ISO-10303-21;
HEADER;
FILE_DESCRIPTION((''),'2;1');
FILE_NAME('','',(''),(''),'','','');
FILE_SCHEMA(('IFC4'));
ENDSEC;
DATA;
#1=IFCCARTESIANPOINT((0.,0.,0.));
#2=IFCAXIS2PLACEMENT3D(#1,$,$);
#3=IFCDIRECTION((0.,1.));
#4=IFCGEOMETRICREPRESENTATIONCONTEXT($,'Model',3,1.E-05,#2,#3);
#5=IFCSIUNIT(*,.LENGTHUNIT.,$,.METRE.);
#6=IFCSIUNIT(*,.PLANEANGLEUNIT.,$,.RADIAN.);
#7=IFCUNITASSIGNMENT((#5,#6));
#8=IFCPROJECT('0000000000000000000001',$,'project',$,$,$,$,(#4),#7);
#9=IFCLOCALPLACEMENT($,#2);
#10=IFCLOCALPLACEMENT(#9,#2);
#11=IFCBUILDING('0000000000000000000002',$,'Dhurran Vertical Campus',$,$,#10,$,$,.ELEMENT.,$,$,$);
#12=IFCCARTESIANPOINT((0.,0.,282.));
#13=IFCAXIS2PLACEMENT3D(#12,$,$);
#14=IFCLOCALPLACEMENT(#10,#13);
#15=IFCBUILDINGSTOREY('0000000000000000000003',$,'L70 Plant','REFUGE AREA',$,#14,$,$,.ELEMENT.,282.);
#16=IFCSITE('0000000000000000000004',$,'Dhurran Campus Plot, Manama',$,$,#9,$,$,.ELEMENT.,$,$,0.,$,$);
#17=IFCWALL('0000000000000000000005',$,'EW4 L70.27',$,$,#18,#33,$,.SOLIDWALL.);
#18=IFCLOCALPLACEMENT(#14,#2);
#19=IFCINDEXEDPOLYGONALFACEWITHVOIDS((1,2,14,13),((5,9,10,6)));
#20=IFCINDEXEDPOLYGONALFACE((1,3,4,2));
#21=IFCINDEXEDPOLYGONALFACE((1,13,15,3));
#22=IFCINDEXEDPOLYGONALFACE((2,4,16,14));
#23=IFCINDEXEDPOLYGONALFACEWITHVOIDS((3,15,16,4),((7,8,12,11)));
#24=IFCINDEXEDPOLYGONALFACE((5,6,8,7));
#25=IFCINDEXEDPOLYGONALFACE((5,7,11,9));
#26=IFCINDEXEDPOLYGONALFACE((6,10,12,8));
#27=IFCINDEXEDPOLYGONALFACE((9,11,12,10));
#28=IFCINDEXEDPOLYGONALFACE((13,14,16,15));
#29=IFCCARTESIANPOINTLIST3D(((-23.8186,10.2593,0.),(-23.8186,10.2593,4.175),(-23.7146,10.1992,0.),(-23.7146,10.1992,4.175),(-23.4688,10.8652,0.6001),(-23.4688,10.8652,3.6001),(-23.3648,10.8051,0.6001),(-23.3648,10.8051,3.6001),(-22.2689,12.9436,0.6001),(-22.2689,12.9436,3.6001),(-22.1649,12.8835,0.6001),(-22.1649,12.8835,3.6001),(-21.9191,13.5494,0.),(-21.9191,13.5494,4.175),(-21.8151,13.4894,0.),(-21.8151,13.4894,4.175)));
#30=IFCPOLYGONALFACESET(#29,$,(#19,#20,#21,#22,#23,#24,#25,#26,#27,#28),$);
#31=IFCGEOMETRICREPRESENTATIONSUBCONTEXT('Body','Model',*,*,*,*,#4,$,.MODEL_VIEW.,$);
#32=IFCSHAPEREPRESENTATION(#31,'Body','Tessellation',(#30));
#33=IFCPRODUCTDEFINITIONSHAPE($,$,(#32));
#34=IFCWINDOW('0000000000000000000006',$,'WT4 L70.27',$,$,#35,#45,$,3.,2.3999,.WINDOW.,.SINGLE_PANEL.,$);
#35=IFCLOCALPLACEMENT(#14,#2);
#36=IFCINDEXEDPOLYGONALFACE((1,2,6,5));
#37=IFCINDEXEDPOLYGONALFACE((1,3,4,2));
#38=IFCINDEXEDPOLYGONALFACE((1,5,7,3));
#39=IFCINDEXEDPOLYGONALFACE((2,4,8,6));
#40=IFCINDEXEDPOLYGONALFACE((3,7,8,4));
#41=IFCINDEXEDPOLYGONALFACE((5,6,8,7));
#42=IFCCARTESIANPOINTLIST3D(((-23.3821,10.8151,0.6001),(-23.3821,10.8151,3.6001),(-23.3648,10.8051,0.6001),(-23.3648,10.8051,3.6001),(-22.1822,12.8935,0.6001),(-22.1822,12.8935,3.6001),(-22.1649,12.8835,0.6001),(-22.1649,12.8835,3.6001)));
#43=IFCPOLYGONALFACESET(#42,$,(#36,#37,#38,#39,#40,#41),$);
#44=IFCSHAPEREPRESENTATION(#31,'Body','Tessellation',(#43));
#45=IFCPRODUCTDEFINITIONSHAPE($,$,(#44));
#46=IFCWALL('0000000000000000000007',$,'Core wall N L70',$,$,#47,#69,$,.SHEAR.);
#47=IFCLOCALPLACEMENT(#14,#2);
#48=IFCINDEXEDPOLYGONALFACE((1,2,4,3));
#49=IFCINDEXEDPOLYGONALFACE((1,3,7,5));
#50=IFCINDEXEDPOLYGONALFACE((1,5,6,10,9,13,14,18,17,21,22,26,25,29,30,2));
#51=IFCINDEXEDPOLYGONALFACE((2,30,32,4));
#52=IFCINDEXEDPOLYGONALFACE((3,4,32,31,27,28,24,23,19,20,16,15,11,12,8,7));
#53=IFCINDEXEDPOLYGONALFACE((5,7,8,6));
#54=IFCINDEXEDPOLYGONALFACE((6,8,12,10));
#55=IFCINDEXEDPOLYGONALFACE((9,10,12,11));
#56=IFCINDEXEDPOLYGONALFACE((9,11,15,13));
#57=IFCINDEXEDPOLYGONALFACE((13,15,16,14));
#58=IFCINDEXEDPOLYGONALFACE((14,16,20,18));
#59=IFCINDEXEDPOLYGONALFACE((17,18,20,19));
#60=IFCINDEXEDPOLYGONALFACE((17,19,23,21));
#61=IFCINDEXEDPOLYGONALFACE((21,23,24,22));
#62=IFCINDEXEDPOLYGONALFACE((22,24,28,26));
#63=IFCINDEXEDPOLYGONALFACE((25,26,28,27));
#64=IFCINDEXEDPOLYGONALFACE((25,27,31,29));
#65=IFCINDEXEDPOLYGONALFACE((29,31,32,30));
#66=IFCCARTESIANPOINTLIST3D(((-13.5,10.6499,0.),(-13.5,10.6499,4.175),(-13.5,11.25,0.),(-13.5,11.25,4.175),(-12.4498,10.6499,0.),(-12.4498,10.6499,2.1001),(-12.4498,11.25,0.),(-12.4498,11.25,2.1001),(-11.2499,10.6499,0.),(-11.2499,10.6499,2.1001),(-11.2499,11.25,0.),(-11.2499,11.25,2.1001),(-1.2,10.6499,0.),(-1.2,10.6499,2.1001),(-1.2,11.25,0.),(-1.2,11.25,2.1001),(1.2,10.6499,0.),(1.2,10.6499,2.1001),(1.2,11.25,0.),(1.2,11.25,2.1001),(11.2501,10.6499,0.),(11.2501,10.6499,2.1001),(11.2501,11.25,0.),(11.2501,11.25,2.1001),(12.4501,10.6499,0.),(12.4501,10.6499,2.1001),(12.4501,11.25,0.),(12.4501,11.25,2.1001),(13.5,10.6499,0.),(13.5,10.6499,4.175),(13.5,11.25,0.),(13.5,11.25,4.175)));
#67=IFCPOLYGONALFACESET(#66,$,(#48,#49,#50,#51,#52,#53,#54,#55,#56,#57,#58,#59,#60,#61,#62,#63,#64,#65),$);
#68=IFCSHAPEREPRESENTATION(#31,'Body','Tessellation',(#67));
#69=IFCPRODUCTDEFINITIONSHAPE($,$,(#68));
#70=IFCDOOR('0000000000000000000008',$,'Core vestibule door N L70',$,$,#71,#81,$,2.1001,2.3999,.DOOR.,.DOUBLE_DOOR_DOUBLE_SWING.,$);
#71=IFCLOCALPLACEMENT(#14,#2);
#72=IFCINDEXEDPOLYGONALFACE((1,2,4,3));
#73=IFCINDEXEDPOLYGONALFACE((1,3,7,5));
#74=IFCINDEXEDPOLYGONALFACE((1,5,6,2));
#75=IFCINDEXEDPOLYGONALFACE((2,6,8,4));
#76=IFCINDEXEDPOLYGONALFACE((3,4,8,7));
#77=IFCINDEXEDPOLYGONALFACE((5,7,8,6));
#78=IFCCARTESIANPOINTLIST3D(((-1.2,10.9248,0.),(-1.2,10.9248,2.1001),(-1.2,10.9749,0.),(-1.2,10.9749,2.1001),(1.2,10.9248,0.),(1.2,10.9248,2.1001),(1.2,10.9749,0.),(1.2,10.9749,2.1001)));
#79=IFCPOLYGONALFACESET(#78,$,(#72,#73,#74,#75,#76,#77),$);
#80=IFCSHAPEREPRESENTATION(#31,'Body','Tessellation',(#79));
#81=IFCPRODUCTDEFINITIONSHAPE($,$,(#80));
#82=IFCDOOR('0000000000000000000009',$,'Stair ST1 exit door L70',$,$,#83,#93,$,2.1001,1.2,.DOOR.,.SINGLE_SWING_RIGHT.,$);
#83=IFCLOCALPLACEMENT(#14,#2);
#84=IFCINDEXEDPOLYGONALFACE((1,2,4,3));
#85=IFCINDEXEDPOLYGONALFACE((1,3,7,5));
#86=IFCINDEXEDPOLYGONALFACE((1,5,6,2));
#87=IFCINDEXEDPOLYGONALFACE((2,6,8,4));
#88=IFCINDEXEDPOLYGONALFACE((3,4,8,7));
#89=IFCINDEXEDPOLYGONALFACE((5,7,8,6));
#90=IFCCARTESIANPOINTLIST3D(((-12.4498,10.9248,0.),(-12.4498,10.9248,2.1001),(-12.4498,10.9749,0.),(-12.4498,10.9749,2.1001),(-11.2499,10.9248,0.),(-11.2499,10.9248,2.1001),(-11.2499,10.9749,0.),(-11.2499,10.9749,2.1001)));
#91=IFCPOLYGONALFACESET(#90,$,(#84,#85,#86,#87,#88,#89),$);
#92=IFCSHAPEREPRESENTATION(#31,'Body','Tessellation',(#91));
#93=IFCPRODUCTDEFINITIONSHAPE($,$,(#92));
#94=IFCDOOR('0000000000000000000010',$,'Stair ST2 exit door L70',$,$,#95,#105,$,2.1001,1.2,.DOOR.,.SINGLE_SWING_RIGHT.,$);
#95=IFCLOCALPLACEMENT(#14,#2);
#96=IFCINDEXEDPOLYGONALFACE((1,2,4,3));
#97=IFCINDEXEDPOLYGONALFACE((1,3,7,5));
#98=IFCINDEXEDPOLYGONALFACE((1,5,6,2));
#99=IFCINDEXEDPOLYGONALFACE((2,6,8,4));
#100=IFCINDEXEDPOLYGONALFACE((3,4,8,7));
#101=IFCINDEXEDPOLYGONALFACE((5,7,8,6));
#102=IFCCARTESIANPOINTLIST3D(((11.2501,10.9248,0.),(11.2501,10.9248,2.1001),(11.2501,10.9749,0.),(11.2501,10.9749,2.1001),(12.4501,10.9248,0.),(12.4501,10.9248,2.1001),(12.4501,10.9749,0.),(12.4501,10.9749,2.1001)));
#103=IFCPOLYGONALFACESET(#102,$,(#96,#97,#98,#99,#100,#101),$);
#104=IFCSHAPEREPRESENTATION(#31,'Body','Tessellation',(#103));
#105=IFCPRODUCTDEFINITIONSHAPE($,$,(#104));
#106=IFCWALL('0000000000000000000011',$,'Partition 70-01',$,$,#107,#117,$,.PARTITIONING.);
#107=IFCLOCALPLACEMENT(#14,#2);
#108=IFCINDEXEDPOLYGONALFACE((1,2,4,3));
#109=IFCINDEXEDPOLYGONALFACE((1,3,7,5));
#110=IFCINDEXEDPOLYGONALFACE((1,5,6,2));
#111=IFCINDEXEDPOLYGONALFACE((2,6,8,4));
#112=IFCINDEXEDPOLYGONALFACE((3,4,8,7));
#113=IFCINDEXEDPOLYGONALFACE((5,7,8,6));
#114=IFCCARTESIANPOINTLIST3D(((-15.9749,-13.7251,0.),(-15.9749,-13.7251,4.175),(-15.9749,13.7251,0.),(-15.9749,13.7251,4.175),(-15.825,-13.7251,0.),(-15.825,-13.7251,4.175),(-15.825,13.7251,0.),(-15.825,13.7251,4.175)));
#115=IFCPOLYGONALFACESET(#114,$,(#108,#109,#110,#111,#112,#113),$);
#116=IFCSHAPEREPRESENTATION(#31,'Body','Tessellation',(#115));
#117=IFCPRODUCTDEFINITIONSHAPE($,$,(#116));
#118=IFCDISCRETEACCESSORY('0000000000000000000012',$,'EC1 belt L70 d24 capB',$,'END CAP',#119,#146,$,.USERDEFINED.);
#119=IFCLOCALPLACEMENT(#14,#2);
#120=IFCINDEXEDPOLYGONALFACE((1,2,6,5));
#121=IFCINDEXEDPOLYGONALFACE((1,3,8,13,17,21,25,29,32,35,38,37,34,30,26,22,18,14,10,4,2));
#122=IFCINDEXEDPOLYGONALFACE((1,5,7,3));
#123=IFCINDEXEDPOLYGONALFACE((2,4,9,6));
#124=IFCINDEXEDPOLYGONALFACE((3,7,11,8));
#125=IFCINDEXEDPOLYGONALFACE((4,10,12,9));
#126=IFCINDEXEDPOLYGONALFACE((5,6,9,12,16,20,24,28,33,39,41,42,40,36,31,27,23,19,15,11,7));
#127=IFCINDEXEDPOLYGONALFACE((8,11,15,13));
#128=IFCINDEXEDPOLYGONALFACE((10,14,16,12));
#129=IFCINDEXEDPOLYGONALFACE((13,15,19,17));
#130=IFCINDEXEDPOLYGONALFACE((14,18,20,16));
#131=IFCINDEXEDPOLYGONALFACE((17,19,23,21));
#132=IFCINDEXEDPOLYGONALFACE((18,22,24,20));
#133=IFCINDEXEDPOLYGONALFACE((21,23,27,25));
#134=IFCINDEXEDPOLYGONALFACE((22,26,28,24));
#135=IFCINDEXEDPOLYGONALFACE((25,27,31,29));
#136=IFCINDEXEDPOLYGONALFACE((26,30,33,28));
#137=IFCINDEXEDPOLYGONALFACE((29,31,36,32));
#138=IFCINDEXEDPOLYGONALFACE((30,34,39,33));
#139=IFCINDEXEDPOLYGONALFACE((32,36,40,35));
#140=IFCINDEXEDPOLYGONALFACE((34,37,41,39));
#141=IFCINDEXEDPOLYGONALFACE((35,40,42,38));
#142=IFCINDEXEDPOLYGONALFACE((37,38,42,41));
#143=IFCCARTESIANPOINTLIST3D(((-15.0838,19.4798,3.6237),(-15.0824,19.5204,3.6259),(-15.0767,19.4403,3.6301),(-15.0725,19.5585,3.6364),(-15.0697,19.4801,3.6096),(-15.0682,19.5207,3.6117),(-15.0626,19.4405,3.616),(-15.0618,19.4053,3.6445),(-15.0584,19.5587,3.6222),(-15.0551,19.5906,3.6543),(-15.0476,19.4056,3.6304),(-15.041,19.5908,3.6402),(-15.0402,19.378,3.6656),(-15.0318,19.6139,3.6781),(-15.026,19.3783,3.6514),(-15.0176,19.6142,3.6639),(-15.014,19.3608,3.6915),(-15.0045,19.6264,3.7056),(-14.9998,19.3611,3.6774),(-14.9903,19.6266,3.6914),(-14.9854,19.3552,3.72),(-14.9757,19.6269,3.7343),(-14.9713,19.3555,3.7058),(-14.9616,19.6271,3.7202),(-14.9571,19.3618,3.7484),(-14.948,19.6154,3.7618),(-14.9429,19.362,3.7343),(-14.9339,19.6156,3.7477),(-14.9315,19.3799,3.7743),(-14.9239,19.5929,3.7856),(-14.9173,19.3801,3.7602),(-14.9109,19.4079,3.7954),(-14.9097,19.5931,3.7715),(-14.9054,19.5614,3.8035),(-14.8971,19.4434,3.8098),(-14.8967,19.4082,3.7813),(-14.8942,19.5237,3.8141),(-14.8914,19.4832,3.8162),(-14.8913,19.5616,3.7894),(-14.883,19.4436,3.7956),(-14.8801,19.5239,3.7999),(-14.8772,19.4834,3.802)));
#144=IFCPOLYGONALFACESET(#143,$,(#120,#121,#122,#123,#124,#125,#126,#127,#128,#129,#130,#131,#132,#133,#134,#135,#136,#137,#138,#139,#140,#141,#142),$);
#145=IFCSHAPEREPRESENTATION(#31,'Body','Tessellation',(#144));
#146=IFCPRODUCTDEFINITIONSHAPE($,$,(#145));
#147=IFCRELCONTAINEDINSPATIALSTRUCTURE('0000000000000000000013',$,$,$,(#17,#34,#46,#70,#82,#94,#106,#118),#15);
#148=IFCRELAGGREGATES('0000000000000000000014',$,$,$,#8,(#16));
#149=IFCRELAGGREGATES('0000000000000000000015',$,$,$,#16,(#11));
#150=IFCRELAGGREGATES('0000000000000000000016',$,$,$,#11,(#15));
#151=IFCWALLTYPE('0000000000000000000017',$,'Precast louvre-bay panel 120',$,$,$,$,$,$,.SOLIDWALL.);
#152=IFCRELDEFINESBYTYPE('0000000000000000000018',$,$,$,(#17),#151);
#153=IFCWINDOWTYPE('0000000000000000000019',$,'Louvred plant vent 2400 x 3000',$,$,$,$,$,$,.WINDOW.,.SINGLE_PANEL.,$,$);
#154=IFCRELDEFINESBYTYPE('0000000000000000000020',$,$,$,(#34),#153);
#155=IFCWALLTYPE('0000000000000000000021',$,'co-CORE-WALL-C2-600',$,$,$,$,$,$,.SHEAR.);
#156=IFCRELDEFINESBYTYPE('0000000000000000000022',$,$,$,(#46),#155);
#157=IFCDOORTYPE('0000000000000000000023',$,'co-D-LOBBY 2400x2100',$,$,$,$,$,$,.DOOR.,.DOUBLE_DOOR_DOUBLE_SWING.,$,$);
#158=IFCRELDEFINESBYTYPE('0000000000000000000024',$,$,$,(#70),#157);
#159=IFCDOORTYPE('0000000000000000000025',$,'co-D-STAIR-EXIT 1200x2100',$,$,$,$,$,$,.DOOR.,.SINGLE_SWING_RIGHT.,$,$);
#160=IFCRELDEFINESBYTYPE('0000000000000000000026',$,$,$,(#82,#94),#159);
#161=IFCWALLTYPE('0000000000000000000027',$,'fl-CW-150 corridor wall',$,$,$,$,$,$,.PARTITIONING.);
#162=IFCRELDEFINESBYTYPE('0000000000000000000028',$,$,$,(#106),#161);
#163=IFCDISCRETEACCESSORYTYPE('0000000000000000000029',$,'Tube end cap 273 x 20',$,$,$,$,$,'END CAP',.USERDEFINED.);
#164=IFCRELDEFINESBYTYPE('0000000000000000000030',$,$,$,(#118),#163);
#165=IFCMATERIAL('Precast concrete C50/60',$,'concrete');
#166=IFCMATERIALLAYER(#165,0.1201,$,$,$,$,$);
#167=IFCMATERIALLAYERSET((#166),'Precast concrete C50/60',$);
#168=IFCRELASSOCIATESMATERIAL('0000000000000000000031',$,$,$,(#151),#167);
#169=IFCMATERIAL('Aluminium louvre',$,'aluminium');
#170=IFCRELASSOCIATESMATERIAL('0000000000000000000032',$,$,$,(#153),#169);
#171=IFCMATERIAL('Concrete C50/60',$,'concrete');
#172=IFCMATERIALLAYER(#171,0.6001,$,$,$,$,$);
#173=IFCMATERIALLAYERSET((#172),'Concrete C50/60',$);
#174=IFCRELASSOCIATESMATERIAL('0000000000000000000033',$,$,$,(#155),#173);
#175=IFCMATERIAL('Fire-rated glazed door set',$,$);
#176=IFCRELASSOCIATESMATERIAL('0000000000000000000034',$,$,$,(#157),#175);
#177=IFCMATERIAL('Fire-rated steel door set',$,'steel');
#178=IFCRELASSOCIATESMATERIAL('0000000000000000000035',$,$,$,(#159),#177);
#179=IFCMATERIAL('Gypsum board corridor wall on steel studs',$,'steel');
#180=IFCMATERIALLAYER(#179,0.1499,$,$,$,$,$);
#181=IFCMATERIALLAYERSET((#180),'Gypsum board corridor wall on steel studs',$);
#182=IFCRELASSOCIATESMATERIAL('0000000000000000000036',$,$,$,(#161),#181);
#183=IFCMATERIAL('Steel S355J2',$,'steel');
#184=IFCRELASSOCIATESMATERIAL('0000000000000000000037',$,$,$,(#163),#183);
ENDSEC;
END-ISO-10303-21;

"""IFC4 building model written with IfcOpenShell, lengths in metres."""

from ifc_helpers import new_model, si_unit, direction, frame, frame_2d, origin, origin_2d, place, context, subcontext, project, spatial, rectangle, circle, extrude, material, layer, layer_set, material_profile, profile_set, type_object, element, fill, save


model = new_model("IFC4")

# Units and contexts
model_context = context("Model", 3, precision=1e-05, world=origin(), true_north=direction((0.0, 1.0)))
body_context = subcontext(model_context, "Body", "Model", "MODEL_VIEW")
ifc_project = project(units=[si_unit("LENGTHUNIT", "METRE"), si_unit("PLANEANGLEUNIT", "RADIAN")], contexts=[model_context])

# Site, building, storey
site_placement = place(None, origin())
site = spatial("IfcSite", under=ifc_project, at=site_placement, Name="Dhurran Campus Plot, Manama", CompositionType="ELEMENT", RefElevation=0.0)
building_placement = place(site_placement, origin())
building = spatial("IfcBuilding", under=site, at=building_placement, Name="Dhurran Vertical Campus", CompositionType="ELEMENT")
storey_placement = place(building_placement, frame((0.0, 0.0, 282.0)))
storey = spatial("IfcBuildingStorey", under=building, at=storey_placement, Name="L70 Plant", Description="REFUGE AREA", CompositionType="ELEMENT", Elevation=282.0)

# Wall, opening, window
ifc_material_1 = material(Name="Precast concrete C50/60", Category="concrete")
ifc_layer_1 = layer(ifc_material_1, 0.1201)
ifc_layer_set_1 = layer_set([ifc_layer_1], Name="Precast concrete C50/60")
wall_type_1 = type_object("IfcWallType", Name="Precast louvre-bay panel 120", PredefinedType="SOLIDWALL", material=ifc_layer_set_1)
ifc_material_2 = material(Name="Aluminium louvre", Category="aluminium")
window_type = type_object("IfcWindowType", Name="Louvred plant vent 2400 x 3000", PartitioningType="SINGLE_PANEL", PredefinedType="WINDOW", material=ifc_material_2)
wall_1_placement = place(storey_placement, frame((-21.8672, 13.5193, 0.0), z_axis=(0.0, 0.0, 1.0), x_axis=(-0.499982, -0.866036, 0.0)))
wall_1 = element("IfcWall", 1, at=wall_1_placement, inside=storey, type_object=wall_type_1, Name="EW4 L70.27", PredefinedType="SOLIDWALL", context=body_context, shape_type="SweptSolid", body=[
    extrude(rectangle(XDim=3.7991, YDim=0.1201, at=frame_2d((1.8994, 0.0))), origin(), (0.0, 0.0, 1.0), 4.175),
])
opening_1_placement = place(wall_1_placement, frame((0.6995, 0.0, 0.6001)))
opening_1 = element("IfcOpeningElement", 2, at=opening_1_placement, cuts=wall_1, PredefinedType="OPENING", context=body_context, shape_type="SweptSolid", body=[
    extrude(rectangle(XDim=2.3999, YDim=3.0, at=frame_2d((1.2, 1.5))), frame((0.0, 0.0701, 0.0), z_axis=(0.0, -1.0, 0.0), x_axis=(1.0, 0.0, 0.0)), (0.0, 0.0, 1.0), 0.1401),
])
window_1_placement = place(opening_1_placement, origin())
window_1 = element("IfcWindow", 3, at=window_1_placement, inside=storey, type_object=window_type, Name="WT4 L70.27", OverallHeight=3.0, OverallWidth=2.3999, PartitioningType="SINGLE_PANEL", PredefinedType="WINDOW", context=body_context, shape_type="SweptSolid", body=[
    extrude(rectangle(XDim=2.3999, YDim=3.0, at=frame_2d((1.2, 1.5))), frame((0.0, 0.0601, 0.0), z_axis=(0.0, -1.0, 0.0), x_axis=(1.0, 0.0, 0.0)), (0.0, 0.0, 1.0), 0.02),
])
fill(opening_1, window_1)

# Wall, openings, doors
ifc_material_3 = material(Name="Concrete C50/60", Category="concrete")
ifc_layer_2 = layer(ifc_material_3, 0.6001)
ifc_layer_set_2 = layer_set([ifc_layer_2], Name="Concrete C50/60")
wall_type_2 = type_object("IfcWallType", Name="co-CORE-WALL-C2-600", PredefinedType="SHEAR", material=ifc_layer_set_2)
wall_2_placement = place(storey_placement, frame((-13.5, 10.95, 0.0), z_axis=(0.0, 0.0, 1.0), x_axis=(1.0, 0.0, 0.0)))
wall_2 = element("IfcWall", 4, at=wall_2_placement, inside=storey, type_object=wall_type_2, Name="Core wall N L70", PredefinedType="SHEAR", context=body_context, shape_type="SweptSolid", body=[
    extrude(rectangle(XDim=27.0, YDim=0.6001, at=frame_2d((13.5, 0.0))), origin(), (0.0, 0.0, 1.0), 4.175),
])
opening_2_placement = place(wall_2_placement, frame((12.3, 0.0, 0.0)))
opening_2 = element("IfcOpeningElement", 5, at=opening_2_placement, cuts=wall_2, PredefinedType="OPENING", context=body_context, shape_type="SweptSolid", body=[
    extrude(rectangle(XDim=2.3999, YDim=2.1001, at=frame_2d((1.2, 1.05))), frame((0.0, 0.3101, 0.0), z_axis=(0.0, -1.0, 0.0), x_axis=(1.0, 0.0, 0.0)), (0.0, 0.0, 1.0), 0.6201),
])
opening_3_placement = place(wall_2_placement, frame((1.05, 0.0, 0.0)))
opening_3 = element("IfcOpeningElement", 6, at=opening_3_placement, cuts=wall_2, PredefinedType="OPENING", context=body_context, shape_type="SweptSolid", body=[
    extrude(rectangle(XDim=1.2, YDim=2.1001, at=frame_2d((0.6001, 1.05))), frame((0.0, 0.3101, 0.0), z_axis=(0.0, -1.0, 0.0), x_axis=(1.0, 0.0, 0.0)), (0.0, 0.0, 1.0), 0.6201),
])
opening_4_placement = place(wall_2_placement, frame((24.75, 0.0, 0.0)))
opening_4 = element("IfcOpeningElement", 7, at=opening_4_placement, cuts=wall_2, PredefinedType="OPENING", context=body_context, shape_type="SweptSolid", body=[
    extrude(rectangle(XDim=1.2, YDim=2.1001, at=frame_2d((0.6001, 1.05))), frame((0.0, 0.3101, 0.0), z_axis=(0.0, -1.0, 0.0), x_axis=(1.0, 0.0, 0.0)), (0.0, 0.0, 1.0), 0.6201),
])
ifc_material_4 = material(Name="Fire-rated glazed door set")
door_type_1 = type_object("IfcDoorType", Name="co-D-LOBBY 2400x2100", OperationType="DOUBLE_DOOR_DOUBLE_SWING", PredefinedType="DOOR", material=ifc_material_4)
door_1_placement = place(opening_2_placement, origin())
door_1 = element("IfcDoor", 8, at=door_1_placement, inside=storey, type_object=door_type_1, Name="Core vestibule door N L70", OperationType="DOUBLE_DOOR_DOUBLE_SWING", OverallHeight=2.1001, OverallWidth=2.3999, PredefinedType="DOOR", context=body_context, shape_type="SweptSolid", body=[
    extrude(rectangle(XDim=2.3999, YDim=2.1001, at=frame_2d((1.2, 1.05))), frame((0.0, 0.0249, 0.0), z_axis=(0.0, -1.0, 0.0), x_axis=(1.0, 0.0, 0.0)), (0.0, 0.0, 1.0), 0.05),
])
fill(opening_2, door_1)
ifc_material_5 = material(Name="Fire-rated steel door set", Category="steel")
door_type_2 = type_object("IfcDoorType", Name="co-D-STAIR-EXIT 1200x2100", OperationType="SINGLE_SWING_RIGHT", PredefinedType="DOOR", material=ifc_material_5)
door_2_placement = place(opening_3_placement, origin())
door_2 = element("IfcDoor", 9, at=door_2_placement, inside=storey, type_object=door_type_2, Name="Stair ST1 exit door L70", OperationType="SINGLE_SWING_RIGHT", OverallHeight=2.1001, OverallWidth=1.2, PredefinedType="DOOR", context=body_context, shape_type="SweptSolid", body=[
    extrude(rectangle(XDim=1.2, YDim=2.1001, at=frame_2d((0.6001, 1.05))), frame((0.0, 0.0249, 0.0), z_axis=(0.0, -1.0, 0.0), x_axis=(1.0, 0.0, 0.0)), (0.0, 0.0, 1.0), 0.05),
])
fill(opening_3, door_2)
door_3_placement = place(opening_4_placement, origin())
door_3 = element("IfcDoor", 10, at=door_3_placement, inside=storey, type_object=door_type_2, Name="Stair ST2 exit door L70", OperationType="SINGLE_SWING_RIGHT", OverallHeight=2.1001, OverallWidth=1.2, PredefinedType="DOOR", context=body_context, shape_type="SweptSolid", body=[
    extrude(rectangle(XDim=1.2, YDim=2.1001, at=frame_2d((0.6001, 1.05))), frame((0.0, 0.0249, 0.0), z_axis=(0.0, -1.0, 0.0), x_axis=(1.0, 0.0, 0.0)), (0.0, 0.0, 1.0), 0.05),
])
fill(opening_4, door_3)

# Wall
ifc_material_6 = material(Name="Gypsum board corridor wall on steel studs", Category="steel")
ifc_layer_3 = layer(ifc_material_6, 0.1499)
ifc_layer_set_3 = layer_set([ifc_layer_3], Name="Gypsum board corridor wall on steel studs")
wall_type_3 = type_object("IfcWallType", Name="fl-CW-150 corridor wall", PredefinedType="PARTITIONING", material=ifc_layer_set_3)
wall_3_placement = place(storey_placement, frame((-15.8999, 13.7251, 0.0), z_axis=(0.0, 0.0, 1.0), x_axis=(0.0, -1.0, 0.0)))
element("IfcWall", 11, at=wall_3_placement, inside=storey, type_object=wall_type_3, Name="Partition 70-01", PredefinedType="PARTITIONING", context=body_context, shape_type="SweptSolid", body=[
    extrude(rectangle(XDim=27.4502, YDim=0.1499, at=frame_2d((13.7251, 0.0))), origin(), (0.0, 0.0, 1.0), 4.175),
])

# Discrete accessory
ifc_material_7 = material(Name="Steel S355J2", Category="steel")
ifc_material_profile_1 = material_profile(ifc_material_7, circle(Radius=0.1365, at=origin_2d()), Name="Tube end cap 273 x 20")
ifc_profile_set_1 = profile_set([ifc_material_profile_1], Name="Steel S355J2")
discrete_accessory_type = type_object("IfcDiscreteAccessoryType", Name="Tube end cap 273 x 20", ElementType="END CAP", PredefinedType="USERDEFINED", material=ifc_profile_set_1)
discrete_accessory_1_placement = place(storey_placement, frame((-14.9736, 19.4919, 3.7058), z_axis=(-0.707054, -0.012191, 0.707054), x_axis=(0.017239, -0.999851, 0.0)))
element("IfcDiscreteAccessory", 12, at=discrete_accessory_1_placement, inside=storey, type_object=discrete_accessory_type, Name="EC1 belt L70 d24 capB", ObjectType="END CAP", PredefinedType="USERDEFINED", context=body_context, shape_type="SweptSolid", body=[
    extrude(circle(Radius=0.1365, at=origin_2d()), origin(), (0.0, 0.0, 1.0), 0.02),
])

save(model, "model.ifc")
